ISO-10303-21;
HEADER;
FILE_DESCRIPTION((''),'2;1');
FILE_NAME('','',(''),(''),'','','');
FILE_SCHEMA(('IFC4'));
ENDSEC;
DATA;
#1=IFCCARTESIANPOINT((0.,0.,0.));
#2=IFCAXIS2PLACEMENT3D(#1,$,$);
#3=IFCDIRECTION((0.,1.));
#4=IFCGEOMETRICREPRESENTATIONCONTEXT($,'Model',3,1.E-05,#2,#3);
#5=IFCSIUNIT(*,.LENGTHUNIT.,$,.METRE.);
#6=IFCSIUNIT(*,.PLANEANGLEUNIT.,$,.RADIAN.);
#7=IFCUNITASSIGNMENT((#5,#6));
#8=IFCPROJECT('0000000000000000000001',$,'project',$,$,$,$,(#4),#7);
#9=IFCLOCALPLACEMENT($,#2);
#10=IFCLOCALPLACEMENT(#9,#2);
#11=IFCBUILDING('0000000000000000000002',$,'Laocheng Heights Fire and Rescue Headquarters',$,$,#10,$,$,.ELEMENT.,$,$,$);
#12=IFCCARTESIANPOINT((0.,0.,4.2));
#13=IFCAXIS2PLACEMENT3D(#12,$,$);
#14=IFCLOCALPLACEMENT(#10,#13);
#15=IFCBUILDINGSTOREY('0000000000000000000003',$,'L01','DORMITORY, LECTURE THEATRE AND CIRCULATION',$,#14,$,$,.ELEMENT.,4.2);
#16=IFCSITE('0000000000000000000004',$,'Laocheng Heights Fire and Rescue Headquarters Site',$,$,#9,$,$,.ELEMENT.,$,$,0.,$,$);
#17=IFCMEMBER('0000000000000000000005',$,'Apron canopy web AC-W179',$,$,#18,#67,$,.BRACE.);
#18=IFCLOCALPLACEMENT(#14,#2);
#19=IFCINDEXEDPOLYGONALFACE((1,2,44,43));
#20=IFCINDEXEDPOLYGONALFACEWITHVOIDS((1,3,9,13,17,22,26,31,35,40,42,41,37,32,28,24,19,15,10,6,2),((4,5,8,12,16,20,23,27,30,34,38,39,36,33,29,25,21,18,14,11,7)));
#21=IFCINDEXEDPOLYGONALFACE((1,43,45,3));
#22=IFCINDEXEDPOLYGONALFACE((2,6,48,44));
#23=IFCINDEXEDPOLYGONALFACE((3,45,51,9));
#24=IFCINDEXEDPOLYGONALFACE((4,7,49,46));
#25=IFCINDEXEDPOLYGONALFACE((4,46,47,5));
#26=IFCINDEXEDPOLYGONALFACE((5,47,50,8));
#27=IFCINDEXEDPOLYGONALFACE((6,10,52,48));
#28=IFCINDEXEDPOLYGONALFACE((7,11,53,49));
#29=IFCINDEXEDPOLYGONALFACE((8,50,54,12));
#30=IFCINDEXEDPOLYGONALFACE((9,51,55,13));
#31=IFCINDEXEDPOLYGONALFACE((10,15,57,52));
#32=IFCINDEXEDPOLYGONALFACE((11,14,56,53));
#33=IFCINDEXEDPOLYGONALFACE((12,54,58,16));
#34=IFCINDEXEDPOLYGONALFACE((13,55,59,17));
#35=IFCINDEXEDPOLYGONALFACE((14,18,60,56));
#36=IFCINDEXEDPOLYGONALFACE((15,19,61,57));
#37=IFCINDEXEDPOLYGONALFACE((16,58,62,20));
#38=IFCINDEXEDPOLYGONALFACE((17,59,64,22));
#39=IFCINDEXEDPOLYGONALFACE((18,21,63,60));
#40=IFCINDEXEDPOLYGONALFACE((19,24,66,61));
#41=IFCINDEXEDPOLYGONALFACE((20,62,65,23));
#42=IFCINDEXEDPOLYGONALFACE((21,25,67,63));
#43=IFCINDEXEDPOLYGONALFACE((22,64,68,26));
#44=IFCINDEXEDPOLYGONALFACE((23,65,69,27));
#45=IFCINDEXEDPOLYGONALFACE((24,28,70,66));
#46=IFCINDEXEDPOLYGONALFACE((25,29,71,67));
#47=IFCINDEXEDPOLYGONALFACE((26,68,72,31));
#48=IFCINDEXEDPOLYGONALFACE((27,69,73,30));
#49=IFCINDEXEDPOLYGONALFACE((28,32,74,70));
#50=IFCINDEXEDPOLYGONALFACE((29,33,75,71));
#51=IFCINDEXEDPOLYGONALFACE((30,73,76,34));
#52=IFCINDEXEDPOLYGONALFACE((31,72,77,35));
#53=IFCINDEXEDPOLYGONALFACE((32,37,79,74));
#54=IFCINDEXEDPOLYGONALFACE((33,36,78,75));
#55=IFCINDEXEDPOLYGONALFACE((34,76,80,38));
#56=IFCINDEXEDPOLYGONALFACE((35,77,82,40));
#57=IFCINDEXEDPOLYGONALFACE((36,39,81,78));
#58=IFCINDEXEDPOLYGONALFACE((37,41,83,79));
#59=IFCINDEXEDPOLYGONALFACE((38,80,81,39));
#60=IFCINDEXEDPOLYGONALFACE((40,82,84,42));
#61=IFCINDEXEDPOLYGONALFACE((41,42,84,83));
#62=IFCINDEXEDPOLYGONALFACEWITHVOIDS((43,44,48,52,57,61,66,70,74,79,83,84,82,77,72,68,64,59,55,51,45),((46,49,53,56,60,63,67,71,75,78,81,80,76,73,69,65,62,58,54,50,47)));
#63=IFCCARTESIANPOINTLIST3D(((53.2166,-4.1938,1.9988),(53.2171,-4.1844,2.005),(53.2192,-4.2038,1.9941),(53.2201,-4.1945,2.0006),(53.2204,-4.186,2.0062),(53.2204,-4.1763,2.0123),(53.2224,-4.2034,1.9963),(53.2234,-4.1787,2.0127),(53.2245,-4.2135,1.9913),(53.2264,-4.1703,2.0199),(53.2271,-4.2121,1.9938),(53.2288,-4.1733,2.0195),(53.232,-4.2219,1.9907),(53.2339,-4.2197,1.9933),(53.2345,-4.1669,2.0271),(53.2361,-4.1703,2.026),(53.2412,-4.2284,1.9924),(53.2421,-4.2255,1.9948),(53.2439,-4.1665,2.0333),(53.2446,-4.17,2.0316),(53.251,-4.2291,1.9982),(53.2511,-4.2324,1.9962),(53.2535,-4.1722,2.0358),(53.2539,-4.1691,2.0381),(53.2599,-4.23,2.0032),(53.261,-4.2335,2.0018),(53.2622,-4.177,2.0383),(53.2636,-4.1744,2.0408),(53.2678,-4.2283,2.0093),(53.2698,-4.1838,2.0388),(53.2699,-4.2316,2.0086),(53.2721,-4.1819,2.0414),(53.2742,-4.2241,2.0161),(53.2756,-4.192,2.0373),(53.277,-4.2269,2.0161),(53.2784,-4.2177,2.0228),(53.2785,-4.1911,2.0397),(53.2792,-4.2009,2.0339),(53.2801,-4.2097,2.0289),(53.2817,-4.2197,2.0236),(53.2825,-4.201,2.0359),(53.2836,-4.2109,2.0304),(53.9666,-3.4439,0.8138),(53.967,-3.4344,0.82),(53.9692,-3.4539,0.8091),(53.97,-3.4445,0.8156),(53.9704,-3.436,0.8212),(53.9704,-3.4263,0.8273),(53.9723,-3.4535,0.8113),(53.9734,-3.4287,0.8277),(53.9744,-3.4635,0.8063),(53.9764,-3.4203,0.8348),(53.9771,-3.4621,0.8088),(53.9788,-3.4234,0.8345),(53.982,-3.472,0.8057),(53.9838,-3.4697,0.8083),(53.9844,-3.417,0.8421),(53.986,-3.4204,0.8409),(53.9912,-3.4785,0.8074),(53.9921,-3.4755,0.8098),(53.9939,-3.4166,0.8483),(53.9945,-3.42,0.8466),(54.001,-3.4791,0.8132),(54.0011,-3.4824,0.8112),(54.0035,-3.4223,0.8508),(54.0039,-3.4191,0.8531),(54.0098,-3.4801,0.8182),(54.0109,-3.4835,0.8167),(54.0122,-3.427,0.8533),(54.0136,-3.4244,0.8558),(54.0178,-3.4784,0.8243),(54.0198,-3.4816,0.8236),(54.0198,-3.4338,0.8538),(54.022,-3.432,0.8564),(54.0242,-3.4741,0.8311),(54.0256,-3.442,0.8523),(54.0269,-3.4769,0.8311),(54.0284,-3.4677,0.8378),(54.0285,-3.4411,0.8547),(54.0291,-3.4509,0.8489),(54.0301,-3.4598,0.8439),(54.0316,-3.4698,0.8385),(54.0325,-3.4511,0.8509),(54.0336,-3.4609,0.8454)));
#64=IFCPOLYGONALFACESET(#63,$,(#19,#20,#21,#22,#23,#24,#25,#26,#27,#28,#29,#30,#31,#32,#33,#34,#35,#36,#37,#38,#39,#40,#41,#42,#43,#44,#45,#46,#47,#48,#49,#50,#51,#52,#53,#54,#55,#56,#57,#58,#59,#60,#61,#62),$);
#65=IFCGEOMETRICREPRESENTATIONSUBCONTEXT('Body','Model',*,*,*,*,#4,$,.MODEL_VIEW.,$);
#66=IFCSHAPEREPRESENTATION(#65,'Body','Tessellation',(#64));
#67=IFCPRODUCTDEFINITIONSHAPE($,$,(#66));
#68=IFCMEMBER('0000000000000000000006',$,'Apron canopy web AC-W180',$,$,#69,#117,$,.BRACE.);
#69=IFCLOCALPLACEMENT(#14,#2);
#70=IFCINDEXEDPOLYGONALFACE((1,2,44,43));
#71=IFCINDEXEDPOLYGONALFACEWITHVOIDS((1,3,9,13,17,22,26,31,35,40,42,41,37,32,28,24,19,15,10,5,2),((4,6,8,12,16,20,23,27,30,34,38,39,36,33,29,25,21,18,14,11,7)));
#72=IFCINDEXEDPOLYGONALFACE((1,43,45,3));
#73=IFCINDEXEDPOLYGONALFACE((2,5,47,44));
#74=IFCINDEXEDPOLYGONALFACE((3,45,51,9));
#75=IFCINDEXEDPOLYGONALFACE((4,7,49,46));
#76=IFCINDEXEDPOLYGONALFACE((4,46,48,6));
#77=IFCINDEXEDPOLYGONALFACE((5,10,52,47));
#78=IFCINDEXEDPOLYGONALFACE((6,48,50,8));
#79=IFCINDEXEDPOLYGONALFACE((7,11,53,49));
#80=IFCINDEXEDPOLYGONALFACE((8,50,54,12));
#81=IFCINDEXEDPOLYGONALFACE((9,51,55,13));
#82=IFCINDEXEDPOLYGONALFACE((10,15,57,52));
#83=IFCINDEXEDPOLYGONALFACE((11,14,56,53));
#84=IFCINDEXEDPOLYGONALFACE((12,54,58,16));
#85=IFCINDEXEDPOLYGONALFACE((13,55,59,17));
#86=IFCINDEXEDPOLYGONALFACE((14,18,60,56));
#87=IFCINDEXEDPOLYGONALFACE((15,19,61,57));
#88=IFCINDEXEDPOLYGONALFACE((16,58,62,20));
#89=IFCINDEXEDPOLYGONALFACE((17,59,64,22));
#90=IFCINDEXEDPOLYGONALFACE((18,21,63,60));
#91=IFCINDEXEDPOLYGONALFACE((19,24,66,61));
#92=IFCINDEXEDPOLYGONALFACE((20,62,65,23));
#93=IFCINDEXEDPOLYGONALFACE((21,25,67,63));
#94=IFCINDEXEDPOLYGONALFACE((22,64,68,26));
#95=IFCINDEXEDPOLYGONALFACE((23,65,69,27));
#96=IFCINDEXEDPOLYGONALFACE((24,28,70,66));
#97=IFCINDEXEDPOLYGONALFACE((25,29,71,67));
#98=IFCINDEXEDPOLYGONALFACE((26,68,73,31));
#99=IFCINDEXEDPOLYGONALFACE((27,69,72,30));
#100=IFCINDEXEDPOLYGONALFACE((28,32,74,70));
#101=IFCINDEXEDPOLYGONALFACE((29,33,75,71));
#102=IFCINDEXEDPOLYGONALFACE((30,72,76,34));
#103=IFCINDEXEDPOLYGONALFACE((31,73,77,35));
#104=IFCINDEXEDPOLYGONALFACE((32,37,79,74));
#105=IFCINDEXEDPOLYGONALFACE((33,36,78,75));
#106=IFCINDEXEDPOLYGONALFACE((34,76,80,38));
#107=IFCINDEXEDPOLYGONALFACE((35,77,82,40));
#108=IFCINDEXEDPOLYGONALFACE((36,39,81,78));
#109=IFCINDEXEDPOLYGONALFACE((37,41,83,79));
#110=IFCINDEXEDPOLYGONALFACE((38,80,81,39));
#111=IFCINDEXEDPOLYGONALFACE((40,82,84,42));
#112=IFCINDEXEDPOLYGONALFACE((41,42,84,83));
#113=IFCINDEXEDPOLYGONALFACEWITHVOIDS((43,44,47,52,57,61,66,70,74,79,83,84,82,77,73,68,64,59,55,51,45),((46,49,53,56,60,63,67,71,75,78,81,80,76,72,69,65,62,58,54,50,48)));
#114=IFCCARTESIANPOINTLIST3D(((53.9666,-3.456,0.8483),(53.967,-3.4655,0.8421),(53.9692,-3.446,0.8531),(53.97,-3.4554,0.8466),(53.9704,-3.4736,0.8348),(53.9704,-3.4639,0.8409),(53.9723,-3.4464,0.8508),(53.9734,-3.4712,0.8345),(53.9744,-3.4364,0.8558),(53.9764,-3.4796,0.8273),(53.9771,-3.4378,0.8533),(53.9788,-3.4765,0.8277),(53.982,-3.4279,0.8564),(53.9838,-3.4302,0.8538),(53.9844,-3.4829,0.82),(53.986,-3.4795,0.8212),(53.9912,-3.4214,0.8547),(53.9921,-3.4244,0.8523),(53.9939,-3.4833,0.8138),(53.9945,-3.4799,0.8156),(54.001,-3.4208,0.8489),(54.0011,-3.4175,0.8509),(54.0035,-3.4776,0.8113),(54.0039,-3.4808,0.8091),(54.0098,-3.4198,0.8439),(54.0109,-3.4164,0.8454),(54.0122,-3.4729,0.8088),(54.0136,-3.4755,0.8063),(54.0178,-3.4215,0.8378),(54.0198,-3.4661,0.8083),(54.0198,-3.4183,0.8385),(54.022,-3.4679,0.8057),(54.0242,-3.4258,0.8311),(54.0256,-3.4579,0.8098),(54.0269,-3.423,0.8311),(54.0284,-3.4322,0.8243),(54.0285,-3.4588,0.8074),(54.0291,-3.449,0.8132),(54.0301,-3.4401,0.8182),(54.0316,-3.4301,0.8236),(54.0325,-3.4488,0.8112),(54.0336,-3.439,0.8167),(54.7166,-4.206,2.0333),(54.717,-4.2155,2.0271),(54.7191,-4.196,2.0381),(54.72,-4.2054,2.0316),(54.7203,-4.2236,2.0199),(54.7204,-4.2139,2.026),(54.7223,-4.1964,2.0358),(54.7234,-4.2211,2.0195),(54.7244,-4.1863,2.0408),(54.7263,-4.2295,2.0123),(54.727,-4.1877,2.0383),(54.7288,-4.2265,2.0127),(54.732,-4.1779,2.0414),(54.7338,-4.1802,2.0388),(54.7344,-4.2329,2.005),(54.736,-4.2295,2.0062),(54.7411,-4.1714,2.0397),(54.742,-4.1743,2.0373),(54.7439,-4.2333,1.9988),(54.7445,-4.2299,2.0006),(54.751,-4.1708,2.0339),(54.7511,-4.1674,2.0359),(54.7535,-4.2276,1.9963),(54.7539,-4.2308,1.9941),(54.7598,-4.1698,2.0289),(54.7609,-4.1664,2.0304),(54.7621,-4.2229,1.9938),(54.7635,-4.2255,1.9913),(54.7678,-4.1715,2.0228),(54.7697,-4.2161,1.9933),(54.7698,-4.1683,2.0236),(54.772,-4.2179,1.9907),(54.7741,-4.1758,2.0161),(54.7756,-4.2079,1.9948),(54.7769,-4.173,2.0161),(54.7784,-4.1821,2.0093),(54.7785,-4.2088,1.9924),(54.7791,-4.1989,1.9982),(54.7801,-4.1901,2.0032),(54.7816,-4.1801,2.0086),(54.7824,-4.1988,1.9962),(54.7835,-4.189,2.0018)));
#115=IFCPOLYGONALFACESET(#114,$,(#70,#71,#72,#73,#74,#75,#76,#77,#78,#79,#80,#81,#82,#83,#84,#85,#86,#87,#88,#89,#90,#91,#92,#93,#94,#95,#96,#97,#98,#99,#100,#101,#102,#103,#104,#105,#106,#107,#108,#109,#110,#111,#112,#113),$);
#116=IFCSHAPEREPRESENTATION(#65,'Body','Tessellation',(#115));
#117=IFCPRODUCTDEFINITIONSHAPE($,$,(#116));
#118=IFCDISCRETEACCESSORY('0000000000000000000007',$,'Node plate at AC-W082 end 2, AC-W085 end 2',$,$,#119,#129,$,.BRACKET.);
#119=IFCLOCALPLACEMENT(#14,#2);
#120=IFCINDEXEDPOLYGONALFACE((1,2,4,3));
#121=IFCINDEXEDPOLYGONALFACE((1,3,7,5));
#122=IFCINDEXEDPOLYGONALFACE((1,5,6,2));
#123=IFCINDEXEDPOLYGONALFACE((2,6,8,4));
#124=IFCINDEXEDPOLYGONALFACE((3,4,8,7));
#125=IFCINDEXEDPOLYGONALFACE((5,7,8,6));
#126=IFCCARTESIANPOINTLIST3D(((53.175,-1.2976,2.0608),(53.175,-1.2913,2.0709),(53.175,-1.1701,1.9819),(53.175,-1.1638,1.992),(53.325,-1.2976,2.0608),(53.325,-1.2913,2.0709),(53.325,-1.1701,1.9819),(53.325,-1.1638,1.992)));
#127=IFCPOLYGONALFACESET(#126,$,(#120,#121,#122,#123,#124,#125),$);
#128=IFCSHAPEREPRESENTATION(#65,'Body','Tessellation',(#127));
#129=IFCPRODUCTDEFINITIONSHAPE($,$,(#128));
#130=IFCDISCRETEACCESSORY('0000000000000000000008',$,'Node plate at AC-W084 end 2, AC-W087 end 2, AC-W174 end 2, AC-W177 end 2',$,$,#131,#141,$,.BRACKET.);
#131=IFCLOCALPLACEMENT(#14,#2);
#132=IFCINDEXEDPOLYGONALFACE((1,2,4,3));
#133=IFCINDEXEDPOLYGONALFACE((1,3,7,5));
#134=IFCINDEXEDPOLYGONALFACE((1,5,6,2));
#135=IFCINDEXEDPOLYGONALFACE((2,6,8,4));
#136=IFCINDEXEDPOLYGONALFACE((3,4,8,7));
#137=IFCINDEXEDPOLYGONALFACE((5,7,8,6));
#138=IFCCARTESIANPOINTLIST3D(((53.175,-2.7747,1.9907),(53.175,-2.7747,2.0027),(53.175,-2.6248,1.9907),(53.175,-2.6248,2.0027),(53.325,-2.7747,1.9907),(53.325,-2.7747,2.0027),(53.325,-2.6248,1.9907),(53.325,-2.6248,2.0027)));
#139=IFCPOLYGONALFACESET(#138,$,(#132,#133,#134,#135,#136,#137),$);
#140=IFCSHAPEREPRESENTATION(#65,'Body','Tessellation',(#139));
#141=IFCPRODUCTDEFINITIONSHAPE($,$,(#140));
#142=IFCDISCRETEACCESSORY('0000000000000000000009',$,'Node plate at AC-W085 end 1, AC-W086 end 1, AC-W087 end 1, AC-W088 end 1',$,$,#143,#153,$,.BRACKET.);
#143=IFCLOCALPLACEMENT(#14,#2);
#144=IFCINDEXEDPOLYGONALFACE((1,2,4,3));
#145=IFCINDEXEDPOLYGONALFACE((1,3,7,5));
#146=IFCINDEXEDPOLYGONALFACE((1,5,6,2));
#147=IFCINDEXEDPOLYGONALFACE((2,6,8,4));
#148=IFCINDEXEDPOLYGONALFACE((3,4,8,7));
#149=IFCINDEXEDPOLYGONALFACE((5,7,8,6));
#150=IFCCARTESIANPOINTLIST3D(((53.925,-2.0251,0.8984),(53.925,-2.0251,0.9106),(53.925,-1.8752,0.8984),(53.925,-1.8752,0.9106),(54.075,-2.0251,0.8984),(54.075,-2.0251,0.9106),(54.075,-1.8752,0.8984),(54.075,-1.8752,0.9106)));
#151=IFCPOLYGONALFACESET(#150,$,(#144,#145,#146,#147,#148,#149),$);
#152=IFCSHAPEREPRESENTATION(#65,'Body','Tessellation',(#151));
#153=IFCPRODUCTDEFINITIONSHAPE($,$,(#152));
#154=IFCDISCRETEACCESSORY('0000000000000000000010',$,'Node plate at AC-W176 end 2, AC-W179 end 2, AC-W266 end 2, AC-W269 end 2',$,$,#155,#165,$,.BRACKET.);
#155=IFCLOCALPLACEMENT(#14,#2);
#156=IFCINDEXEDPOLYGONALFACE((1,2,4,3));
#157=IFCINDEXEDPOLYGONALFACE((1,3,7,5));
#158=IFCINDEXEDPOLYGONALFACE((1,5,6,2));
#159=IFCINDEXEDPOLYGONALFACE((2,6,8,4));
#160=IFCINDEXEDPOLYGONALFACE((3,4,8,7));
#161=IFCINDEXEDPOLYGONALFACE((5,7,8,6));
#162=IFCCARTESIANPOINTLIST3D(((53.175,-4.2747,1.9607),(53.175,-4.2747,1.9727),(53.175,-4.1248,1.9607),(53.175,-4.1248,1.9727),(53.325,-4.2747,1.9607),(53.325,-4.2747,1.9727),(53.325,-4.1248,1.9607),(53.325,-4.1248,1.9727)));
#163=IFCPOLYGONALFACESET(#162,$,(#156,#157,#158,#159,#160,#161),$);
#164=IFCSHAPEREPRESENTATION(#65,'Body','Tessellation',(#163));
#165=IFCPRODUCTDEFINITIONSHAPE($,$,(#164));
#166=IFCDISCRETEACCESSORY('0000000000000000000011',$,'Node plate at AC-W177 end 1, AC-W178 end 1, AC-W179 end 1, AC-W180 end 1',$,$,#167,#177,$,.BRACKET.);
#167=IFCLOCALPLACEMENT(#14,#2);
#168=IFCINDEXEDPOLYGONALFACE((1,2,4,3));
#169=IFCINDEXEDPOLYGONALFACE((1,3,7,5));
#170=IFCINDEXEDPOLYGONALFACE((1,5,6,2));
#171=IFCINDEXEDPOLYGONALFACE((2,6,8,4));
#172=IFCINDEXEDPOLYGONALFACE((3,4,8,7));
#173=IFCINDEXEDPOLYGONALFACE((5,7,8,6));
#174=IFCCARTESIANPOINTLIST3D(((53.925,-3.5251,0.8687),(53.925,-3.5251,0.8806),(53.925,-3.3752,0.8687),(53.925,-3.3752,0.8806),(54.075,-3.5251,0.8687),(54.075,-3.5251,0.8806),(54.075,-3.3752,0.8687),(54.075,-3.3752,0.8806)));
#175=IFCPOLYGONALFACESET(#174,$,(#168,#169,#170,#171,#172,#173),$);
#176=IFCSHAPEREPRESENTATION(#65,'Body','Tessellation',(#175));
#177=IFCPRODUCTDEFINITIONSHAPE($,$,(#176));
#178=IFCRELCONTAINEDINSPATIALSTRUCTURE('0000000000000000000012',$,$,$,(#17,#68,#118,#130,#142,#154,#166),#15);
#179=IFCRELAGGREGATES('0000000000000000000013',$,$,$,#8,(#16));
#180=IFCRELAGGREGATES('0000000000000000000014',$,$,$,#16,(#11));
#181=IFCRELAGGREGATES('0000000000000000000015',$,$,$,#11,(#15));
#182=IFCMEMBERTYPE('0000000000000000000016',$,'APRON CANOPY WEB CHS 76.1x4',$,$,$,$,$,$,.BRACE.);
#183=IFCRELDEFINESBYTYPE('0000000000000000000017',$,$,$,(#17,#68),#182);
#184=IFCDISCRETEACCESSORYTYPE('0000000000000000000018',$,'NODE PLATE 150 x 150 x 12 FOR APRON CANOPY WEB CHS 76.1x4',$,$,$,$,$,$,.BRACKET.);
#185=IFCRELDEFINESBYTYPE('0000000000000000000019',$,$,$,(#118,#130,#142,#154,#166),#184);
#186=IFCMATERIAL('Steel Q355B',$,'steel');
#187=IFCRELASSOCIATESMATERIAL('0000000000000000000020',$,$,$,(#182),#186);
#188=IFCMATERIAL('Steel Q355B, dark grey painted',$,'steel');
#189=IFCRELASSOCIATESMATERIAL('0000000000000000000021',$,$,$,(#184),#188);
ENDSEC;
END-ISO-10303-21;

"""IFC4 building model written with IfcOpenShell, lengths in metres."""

from ifc_helpers import new_model, si_unit, direction, frame, origin, origin_2d, place, context, subcontext, project, spatial, rectangle, hollow_circle, extrude, material, material_profile, profile_set, type_object, element, save


model = new_model("IFC4")

# Units and contexts
model_context = context("Model", 3, precision=1e-05, world=origin(), true_north=direction((0.0, 1.0)))
body_context = subcontext(model_context, "Body", "Model", "MODEL_VIEW")
ifc_project = project(units=[si_unit("LENGTHUNIT", "METRE"), si_unit("PLANEANGLEUNIT", "RADIAN")], contexts=[model_context])

# Site, building, storey
site_placement = place(None, origin())
site = spatial("IfcSite", under=ifc_project, at=site_placement, Name="Laocheng Heights Fire and Rescue Headquarters Site", CompositionType="ELEMENT", RefElevation=0.0)
building_placement = place(site_placement, origin())
building = spatial("IfcBuilding", under=site, at=building_placement, Name="Laocheng Heights Fire and Rescue Headquarters", CompositionType="ELEMENT")
storey_placement = place(building_placement, frame((0.0, 0.0, 4.2)))
storey = spatial("IfcBuildingStorey", under=building, at=storey_placement, Name="L01", Description="DORMITORY, LECTURE THEATRE AND CIRCULATION", CompositionType="ELEMENT", Elevation=4.2)

# Members
ifc_material_1 = material(Name="Steel Q355B", Category="steel")
ifc_material_profile_1 = material_profile(ifc_material_1, hollow_circle(Radius=0.0381, WallThickness=0.0039, at=origin_2d()), Name="CHS 76.1x4")
ifc_profile_set_1 = profile_set([ifc_material_profile_1], Name="Steel Q355B")
member_type_1 = type_object("IfcMemberType", Name="APRON CANOPY WEB CHS 76.1x4", PredefinedType="BRACE", material=ifc_profile_set_1)
for number, where, z_axis, x_axis, name in (
    (1, (54.0, -3.45, 0.8311), (-0.47158, -0.47158, 0.745134), (0.707107, -0.707107, 0.0), "Apron canopy web AC-W179"),
    (2, (54.0, -3.45, 0.8311), (0.47158, -0.47158, 0.745134), (0.707107, 0.707107, 0.0), "Apron canopy web AC-W180"),
):
    element("IfcMember", number, at=place(storey_placement, frame(where, z_axis=z_axis, x_axis=x_axis)), inside=storey, type_object=member_type_1, Name=name, PredefinedType="BRACE", context=body_context, shape_type="SweptSolid", body=[
        extrude(hollow_circle(Radius=0.0381, WallThickness=0.0039, at=origin_2d()), origin(), (0.0, 0.0, 1.0), 1.5903),
    ])

# Discrete accessories
ifc_material_2 = material(Name="Steel Q355B, dark grey painted", Category="steel")
ifc_material_profile_2 = material_profile(ifc_material_2, rectangle(XDim=0.1499, YDim=0.1499, at=origin_2d()), Name="NODE PLATE 150 x 150 x 12 FOR APRON CANOPY WEB CHS 76.1x4")
ifc_profile_set_2 = profile_set([ifc_material_profile_2], Name="Steel Q355B, dark grey painted")
discrete_accessory_type = type_object("IfcDiscreteAccessoryType", Name="NODE PLATE 150 x 150 x 12 FOR APRON CANOPY WEB CHS 76.1x4", PredefinedType="BRACKET", material=ifc_profile_set_2)
for number, where, z_axis, x_axis, name in (
    (3, (53.25, -1.2275, 2.0315), (0.0, -0.526355, -0.850265), (1.0, 0.0, 0.0), "Node plate at AC-W082 end 2, AC-W085 end 2"),
    (4, (53.25, -2.6997, 2.0027), (0.0, 0.0, -1.0), (1.0, 0.0, 0.0), "Node plate at AC-W084 end 2, AC-W087 end 2, AC-W174 end 2, AC-W177 end 2"),
):
    element("IfcDiscreteAccessory", number, at=place(storey_placement, frame(where, z_axis=z_axis, x_axis=x_axis)), inside=storey, type_object=discrete_accessory_type, Name=name, PredefinedType="BRACKET", context=body_context, shape_type="SweptSolid", body=[
        extrude(rectangle(XDim=0.1499, YDim=0.1499, at=origin_2d()), origin(), (0.0, 0.0, 1.0), 0.012),
    ])
discrete_accessory_placement = place(storey_placement, frame((54.0, -1.9502, 0.8984), z_axis=(0.0, 0.0, 1.0), x_axis=(1.0, 0.0, 0.0)))
element("IfcDiscreteAccessory", 5, at=discrete_accessory_placement, inside=storey, type_object=discrete_accessory_type, Name="Node plate at AC-W085 end 1, AC-W086 end 1, AC-W087 end 1, AC-W088 end 1", PredefinedType="BRACKET", context=body_context, shape_type="SweptSolid", body=[
    extrude(rectangle(XDim=0.1499, YDim=0.1499, at=origin_2d()), origin(), (0.0, 0.0, 1.0), 0.0122),
])
for number, where, z_axis, x_axis, name in (
    (6, (53.25, -4.1997, 1.9727), (0.0, 0.0, -1.0), (1.0, 0.0, 0.0), "Node plate at AC-W176 end 2, AC-W179 end 2, AC-W266 end 2, AC-W269 end 2"),
    (7, (54.0, -3.4502, 0.8687), (0.0, 0.0, 1.0), (1.0, 0.0, 0.0), "Node plate at AC-W177 end 1, AC-W178 end 1, AC-W179 end 1, AC-W180 end 1"),
):
    element("IfcDiscreteAccessory", number, at=place(storey_placement, frame(where, z_axis=z_axis, x_axis=x_axis)), inside=storey, type_object=discrete_accessory_type, Name=name, PredefinedType="BRACKET", context=body_context, shape_type="SweptSolid", body=[
        extrude(rectangle(XDim=0.1499, YDim=0.1499, at=origin_2d()), origin(), (0.0, 0.0, 1.0), 0.012),
    ])

save(model, "model.ifc")
